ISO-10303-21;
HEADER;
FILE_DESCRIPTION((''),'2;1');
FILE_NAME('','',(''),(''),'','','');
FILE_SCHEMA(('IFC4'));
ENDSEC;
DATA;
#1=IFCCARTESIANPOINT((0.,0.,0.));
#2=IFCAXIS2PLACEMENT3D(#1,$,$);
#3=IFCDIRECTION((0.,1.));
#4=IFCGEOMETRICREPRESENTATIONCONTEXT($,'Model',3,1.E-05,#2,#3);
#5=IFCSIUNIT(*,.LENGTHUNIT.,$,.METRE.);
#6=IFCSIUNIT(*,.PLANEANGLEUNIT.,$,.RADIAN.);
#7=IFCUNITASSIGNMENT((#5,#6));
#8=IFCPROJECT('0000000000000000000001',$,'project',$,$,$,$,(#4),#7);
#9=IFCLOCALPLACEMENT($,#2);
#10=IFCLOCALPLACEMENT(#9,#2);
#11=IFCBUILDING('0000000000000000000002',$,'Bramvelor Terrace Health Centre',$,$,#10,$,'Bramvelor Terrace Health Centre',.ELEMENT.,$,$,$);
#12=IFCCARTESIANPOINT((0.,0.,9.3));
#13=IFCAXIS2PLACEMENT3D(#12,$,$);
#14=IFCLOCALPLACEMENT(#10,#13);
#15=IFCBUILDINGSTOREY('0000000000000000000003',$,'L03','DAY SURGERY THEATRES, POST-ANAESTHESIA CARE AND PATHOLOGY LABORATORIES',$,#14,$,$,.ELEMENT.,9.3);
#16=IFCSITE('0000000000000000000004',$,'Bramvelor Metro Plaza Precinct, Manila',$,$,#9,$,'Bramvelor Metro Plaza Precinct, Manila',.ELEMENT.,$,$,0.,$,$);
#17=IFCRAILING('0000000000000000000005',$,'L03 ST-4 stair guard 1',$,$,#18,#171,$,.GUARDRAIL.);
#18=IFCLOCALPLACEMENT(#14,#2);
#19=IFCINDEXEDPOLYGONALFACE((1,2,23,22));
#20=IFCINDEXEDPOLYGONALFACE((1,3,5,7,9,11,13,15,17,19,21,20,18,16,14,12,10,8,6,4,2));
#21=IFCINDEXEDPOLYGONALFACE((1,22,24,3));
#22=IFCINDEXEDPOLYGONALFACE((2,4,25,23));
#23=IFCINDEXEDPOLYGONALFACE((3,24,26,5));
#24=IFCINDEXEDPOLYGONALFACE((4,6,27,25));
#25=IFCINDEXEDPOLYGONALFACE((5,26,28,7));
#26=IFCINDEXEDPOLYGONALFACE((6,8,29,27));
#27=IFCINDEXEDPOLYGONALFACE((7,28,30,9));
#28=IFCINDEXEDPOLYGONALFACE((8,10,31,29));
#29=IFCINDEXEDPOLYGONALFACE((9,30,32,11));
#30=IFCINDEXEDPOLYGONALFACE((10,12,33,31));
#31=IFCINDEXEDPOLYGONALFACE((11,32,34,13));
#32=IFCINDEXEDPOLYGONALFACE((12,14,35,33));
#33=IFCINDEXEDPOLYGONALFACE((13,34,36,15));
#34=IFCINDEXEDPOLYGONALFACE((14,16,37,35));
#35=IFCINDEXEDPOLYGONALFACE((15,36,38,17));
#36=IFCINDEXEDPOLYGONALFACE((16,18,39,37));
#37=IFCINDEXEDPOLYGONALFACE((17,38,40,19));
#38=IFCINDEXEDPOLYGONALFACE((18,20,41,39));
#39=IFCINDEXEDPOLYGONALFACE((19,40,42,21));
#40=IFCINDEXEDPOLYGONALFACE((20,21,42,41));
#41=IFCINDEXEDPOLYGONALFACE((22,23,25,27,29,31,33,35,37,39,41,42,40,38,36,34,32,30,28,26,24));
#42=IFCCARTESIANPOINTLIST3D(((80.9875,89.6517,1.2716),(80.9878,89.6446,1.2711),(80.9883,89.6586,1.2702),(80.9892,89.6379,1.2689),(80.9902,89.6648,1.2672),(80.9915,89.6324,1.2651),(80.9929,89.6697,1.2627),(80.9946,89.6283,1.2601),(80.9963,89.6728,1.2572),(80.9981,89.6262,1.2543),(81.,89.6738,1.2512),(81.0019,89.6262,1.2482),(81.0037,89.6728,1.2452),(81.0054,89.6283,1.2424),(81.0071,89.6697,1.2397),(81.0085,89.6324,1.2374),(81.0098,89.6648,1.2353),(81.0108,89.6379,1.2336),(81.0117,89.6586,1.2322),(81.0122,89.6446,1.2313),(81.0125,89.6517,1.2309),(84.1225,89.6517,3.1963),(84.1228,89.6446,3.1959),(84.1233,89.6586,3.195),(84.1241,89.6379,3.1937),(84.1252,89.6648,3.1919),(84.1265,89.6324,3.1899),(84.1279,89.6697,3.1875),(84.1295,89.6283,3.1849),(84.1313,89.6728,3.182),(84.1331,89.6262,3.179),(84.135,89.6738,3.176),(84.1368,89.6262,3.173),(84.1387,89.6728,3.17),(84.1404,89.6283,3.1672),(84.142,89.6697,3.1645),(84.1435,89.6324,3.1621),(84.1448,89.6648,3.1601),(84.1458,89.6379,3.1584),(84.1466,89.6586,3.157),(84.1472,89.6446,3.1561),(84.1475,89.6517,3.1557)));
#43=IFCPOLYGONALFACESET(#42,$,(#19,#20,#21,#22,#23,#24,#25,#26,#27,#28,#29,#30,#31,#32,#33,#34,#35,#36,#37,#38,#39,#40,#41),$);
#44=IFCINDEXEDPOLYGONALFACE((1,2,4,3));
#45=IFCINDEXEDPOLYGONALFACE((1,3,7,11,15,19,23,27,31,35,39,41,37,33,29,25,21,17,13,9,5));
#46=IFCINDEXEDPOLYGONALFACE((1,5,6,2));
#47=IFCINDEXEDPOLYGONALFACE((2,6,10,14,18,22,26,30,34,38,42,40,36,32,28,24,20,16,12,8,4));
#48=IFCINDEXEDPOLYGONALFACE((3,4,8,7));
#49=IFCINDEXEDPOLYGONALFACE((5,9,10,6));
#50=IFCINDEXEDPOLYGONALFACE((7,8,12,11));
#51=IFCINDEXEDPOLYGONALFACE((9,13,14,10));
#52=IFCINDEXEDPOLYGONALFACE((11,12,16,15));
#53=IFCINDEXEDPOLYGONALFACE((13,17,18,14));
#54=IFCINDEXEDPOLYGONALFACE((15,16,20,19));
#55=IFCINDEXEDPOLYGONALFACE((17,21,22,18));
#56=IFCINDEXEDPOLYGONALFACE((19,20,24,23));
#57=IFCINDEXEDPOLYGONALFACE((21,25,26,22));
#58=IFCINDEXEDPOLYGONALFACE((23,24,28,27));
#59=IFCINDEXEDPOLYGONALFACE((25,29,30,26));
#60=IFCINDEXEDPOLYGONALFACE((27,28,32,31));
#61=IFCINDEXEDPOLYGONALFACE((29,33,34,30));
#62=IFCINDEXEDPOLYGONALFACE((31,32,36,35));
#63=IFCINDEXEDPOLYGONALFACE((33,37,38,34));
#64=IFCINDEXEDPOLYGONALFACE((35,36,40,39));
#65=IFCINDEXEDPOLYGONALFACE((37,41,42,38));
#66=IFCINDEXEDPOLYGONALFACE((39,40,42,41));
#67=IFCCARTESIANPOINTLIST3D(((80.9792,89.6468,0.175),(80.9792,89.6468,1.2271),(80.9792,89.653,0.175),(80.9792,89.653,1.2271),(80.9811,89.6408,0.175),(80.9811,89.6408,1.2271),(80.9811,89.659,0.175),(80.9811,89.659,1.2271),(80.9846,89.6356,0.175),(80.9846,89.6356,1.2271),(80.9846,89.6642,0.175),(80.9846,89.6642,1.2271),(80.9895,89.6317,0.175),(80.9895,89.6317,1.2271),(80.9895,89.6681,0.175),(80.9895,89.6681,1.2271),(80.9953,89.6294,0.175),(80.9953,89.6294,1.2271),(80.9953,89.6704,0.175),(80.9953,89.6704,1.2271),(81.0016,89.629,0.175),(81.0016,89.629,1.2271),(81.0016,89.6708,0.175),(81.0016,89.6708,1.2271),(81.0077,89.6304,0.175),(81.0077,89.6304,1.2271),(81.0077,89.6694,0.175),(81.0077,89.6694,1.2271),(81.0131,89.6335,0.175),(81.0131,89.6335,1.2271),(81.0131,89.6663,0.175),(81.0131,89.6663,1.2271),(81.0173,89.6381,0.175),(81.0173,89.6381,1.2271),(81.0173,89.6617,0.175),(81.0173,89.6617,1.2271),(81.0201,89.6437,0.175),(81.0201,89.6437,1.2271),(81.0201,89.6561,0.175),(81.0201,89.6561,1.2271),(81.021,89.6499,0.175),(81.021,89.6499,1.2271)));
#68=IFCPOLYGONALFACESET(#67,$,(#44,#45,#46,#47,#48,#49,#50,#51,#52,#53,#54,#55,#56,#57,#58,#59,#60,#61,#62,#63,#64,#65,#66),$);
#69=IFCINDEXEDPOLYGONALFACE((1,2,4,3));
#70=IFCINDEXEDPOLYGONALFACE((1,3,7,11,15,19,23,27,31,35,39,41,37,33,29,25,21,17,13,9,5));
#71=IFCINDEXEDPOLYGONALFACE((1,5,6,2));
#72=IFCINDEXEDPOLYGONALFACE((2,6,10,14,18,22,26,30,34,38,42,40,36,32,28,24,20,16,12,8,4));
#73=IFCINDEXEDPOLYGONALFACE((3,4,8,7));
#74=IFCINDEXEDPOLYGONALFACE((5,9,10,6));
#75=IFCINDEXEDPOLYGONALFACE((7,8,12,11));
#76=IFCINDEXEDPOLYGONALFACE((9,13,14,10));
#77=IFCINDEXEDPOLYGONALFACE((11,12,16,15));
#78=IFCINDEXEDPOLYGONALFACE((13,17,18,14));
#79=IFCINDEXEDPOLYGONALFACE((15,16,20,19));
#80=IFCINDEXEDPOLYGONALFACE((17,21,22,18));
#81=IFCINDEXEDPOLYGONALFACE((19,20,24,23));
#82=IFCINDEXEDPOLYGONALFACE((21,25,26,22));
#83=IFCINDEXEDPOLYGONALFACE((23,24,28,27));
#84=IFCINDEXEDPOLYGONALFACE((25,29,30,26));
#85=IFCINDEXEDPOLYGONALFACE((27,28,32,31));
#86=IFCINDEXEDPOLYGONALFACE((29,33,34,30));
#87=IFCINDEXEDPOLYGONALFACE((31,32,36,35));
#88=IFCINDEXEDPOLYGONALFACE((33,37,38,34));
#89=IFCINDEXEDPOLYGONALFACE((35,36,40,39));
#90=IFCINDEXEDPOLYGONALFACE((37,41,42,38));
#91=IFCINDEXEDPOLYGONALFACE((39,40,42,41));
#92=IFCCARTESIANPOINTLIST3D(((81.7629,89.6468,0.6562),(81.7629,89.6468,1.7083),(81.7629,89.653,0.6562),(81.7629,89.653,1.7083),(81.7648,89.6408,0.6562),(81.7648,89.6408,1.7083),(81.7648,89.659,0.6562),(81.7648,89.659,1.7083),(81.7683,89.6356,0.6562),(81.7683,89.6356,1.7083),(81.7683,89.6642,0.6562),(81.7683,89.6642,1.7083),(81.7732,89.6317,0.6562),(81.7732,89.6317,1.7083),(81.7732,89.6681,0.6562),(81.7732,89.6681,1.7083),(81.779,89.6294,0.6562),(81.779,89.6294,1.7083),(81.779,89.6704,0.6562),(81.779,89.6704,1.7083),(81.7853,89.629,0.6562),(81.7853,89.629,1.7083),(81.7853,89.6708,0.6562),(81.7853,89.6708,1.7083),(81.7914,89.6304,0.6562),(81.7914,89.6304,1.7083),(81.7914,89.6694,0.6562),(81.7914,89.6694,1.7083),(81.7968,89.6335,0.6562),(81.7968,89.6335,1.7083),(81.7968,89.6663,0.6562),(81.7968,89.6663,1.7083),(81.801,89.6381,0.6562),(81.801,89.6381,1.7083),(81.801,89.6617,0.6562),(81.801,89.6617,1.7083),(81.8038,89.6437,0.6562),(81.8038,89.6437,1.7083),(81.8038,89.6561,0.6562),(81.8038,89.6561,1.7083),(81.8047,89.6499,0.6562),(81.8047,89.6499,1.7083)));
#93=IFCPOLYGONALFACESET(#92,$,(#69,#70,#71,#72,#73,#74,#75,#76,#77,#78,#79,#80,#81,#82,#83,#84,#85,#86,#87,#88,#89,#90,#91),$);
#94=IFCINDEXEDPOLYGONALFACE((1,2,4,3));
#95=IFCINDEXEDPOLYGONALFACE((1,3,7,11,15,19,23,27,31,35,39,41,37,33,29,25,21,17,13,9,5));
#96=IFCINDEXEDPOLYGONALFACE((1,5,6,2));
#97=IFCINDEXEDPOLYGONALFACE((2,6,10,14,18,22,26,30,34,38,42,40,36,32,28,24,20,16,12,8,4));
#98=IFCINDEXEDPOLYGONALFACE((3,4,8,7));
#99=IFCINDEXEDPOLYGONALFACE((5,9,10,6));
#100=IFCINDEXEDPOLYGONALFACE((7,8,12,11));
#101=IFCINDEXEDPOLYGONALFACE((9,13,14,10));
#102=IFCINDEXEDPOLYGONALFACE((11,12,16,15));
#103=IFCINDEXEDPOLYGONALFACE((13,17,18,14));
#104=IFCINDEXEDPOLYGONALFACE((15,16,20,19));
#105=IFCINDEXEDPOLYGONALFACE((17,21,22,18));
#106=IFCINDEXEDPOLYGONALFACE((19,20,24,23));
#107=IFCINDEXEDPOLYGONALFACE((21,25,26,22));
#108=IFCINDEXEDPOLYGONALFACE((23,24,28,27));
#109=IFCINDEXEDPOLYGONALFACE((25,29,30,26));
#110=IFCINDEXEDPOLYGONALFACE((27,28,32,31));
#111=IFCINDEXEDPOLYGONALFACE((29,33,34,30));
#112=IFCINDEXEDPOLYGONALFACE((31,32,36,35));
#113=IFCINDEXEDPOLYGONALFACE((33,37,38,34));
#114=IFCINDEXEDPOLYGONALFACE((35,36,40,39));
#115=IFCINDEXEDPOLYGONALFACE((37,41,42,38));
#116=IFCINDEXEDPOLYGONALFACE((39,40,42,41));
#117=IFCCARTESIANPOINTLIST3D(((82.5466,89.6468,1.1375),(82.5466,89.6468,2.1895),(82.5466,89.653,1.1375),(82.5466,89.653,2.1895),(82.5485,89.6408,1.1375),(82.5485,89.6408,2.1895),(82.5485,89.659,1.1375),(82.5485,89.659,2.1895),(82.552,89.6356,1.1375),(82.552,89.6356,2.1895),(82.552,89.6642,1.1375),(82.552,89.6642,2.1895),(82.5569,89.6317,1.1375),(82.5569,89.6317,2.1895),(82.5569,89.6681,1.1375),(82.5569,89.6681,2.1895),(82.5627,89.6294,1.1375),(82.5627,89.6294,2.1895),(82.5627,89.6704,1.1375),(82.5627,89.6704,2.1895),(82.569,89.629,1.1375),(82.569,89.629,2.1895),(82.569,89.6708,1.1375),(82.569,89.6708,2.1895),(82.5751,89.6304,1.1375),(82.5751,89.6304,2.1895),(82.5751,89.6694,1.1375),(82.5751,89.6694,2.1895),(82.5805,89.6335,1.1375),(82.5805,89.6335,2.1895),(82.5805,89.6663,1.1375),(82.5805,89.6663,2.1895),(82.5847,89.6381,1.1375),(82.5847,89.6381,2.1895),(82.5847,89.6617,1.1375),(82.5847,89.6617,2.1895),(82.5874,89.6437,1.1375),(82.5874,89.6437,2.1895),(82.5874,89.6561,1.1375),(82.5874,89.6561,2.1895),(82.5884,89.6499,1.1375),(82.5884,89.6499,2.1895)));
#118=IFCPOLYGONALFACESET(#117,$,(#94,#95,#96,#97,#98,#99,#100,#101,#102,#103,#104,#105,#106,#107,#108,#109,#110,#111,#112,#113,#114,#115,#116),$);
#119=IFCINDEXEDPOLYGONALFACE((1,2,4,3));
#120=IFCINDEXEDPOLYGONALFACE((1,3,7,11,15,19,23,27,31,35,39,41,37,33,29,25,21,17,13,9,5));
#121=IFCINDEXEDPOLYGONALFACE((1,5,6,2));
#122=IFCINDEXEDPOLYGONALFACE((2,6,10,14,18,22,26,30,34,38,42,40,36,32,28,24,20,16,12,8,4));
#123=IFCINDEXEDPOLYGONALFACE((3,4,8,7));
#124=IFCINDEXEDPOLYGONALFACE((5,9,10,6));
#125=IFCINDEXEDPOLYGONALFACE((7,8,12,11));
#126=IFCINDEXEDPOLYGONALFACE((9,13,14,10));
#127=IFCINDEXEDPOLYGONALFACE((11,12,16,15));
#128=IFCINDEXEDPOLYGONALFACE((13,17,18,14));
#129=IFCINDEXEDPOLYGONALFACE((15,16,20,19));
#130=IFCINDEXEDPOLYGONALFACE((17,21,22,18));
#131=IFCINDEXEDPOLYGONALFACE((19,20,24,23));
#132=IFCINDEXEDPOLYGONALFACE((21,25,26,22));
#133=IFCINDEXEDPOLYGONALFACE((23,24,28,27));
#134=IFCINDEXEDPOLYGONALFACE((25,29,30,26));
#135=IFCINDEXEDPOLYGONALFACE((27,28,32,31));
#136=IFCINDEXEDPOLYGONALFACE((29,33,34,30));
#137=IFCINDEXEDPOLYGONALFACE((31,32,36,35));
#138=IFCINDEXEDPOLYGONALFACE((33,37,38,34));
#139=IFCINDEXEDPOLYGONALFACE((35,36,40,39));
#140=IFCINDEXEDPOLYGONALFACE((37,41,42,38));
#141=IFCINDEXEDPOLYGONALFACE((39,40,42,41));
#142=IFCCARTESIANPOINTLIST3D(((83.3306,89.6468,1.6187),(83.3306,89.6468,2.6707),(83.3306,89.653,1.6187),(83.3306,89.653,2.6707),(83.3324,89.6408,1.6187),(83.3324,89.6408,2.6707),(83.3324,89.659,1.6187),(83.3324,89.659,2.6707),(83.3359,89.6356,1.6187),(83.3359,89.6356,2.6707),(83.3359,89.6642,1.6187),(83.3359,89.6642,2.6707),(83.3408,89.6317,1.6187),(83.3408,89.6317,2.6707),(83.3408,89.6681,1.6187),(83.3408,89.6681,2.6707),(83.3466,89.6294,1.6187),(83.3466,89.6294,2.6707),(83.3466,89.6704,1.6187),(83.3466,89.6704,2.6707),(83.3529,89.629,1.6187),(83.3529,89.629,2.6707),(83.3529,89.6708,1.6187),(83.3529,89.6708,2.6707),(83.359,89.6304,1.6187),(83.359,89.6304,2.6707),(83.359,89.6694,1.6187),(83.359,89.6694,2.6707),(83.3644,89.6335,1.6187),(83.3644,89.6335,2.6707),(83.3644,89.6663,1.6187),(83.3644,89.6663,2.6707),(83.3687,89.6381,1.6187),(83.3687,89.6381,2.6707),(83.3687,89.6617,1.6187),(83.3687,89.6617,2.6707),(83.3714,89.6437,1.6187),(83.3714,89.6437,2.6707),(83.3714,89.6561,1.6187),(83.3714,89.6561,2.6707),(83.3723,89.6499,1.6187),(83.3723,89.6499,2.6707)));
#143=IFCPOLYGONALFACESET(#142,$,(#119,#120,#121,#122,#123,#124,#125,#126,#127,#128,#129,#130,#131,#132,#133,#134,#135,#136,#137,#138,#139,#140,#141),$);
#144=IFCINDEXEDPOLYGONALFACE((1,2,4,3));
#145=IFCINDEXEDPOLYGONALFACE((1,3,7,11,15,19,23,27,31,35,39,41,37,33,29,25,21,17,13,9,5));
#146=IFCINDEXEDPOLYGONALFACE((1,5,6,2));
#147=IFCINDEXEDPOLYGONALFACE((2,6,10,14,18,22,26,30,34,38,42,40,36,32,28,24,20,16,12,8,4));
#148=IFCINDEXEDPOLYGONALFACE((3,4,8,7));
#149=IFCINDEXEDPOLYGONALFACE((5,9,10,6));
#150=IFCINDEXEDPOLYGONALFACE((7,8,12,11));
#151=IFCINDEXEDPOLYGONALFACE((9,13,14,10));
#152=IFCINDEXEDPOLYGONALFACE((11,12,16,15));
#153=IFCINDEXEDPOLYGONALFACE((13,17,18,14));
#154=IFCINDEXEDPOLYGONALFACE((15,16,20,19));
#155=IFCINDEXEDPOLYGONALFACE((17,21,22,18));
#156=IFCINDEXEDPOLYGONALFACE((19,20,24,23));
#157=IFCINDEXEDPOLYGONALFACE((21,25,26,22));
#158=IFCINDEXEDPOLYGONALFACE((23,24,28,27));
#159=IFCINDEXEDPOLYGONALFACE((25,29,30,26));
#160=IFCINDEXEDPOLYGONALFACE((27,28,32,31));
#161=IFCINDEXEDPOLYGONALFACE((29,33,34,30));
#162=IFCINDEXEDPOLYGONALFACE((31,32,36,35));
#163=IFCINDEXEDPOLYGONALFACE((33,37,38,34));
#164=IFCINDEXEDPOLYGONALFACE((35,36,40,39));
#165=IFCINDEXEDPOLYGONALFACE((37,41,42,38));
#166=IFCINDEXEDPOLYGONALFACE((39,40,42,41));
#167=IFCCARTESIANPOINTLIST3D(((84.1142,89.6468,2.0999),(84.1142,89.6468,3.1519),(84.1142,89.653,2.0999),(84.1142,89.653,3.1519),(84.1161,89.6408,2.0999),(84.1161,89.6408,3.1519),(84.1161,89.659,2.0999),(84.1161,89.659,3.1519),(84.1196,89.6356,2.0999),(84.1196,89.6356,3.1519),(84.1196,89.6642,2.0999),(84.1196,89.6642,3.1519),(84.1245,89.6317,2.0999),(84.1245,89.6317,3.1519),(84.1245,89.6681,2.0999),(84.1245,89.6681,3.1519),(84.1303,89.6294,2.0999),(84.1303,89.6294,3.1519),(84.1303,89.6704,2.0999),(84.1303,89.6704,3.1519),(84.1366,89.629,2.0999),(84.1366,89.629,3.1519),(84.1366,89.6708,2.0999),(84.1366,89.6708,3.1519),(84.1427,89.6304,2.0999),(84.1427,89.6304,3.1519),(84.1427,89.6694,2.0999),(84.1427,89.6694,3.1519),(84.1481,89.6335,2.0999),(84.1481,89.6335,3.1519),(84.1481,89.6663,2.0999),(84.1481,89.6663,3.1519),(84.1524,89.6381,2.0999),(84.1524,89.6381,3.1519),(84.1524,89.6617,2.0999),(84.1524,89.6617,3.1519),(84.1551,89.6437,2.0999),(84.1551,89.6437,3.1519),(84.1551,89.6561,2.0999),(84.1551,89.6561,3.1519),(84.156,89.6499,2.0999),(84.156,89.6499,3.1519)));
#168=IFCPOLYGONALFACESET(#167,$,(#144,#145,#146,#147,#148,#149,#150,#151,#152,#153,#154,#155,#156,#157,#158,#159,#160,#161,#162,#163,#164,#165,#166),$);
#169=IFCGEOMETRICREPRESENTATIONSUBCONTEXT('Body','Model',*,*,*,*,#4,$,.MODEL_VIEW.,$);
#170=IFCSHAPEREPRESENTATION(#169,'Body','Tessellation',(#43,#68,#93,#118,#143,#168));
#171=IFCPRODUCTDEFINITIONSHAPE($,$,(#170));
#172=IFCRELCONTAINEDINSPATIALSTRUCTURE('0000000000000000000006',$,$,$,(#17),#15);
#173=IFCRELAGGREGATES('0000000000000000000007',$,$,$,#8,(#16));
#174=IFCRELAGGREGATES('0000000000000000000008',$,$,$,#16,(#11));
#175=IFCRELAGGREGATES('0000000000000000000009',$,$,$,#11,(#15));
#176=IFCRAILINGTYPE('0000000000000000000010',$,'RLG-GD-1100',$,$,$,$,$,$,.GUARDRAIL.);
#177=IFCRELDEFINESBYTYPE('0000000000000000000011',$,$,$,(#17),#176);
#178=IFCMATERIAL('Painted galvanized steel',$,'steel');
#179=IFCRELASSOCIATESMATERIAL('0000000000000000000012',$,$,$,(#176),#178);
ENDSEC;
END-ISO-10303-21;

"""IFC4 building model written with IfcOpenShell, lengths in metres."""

from ifc_helpers import new_model, si_unit, direction, frame, origin, origin_2d, place, context, subcontext, project, spatial, circle, extrude, material, type_object, element, save


model = new_model("IFC4")

# Units and contexts
model_context = context("Model", 3, precision=1e-05, world=origin(), true_north=direction((0.0, 1.0)))
body_context = subcontext(model_context, "Body", "Model", "MODEL_VIEW")
ifc_project = project(units=[si_unit("LENGTHUNIT", "METRE"), si_unit("PLANEANGLEUNIT", "RADIAN")], contexts=[model_context])

# Site, building, storey
site_placement = place(None, origin())
site = spatial("IfcSite", under=ifc_project, at=site_placement, Name="Bramvelor Metro Plaza Precinct, Manila", LongName="Bramvelor Metro Plaza Precinct, Manila", CompositionType="ELEMENT", RefElevation=0.0)
building_placement = place(site_placement, origin())
building = spatial("IfcBuilding", under=site, at=building_placement, Name="Bramvelor Terrace Health Centre", LongName="Bramvelor Terrace Health Centre", CompositionType="ELEMENT")
storey_placement = place(building_placement, frame((0.0, 0.0, 9.3)))
storey = spatial("IfcBuildingStorey", under=building, at=storey_placement, Name="L03", Description="DAY SURGERY THEATRES, POST-ANAESTHESIA CARE AND PATHOLOGY LABORATORIES", CompositionType="ELEMENT", Elevation=9.3)

# Railing
ifc_material_1 = material(Name="Painted galvanized steel", Category="steel")
railing_type_1 = type_object("IfcRailingType", Name="RLG-GD-1100", PredefinedType="GUARDRAIL", material=ifc_material_1)
railing_1_placement = place(storey_placement, frame((81.0, 89.6499, 0.175)))
element("IfcRailing", 1, at=railing_1_placement, inside=storey, type_object=railing_type_1, Name="L03 ST-4 stair guard 1", PredefinedType="GUARDRAIL", context=body_context, shape_type="SweptSolid", body=[
    extrude(circle(Radius=0.0239, at=origin_2d()), frame((0.0, 0.0, 1.0762), z_axis=(0.852196, 0.0, 0.523223), x_axis=(0.0, 1.0, 0.0)), (0.0, 0.0, 1.0), 3.6787),
    extrude(circle(Radius=0.021, at=origin_2d()), origin(), (0.0, 0.0, 1.0), 1.052),
    extrude(circle(Radius=0.021, at=origin_2d()), frame((0.7837, 0.0, 0.4812)), (0.0, 0.0, 1.0), 1.052),
    extrude(circle(Radius=0.021, at=origin_2d()), frame((1.5674, 0.0, 0.9624)), (0.0, 0.0, 1.0), 1.052),
    extrude(circle(Radius=0.021, at=origin_2d()), frame((2.3513, 0.0, 1.4436)), (0.0, 0.0, 1.0), 1.052),
    extrude(circle(Radius=0.021, at=origin_2d()), frame((3.135, 0.0, 1.9248)), (0.0, 0.0, 1.0), 1.052),
])

save(model, "model.ifc")
